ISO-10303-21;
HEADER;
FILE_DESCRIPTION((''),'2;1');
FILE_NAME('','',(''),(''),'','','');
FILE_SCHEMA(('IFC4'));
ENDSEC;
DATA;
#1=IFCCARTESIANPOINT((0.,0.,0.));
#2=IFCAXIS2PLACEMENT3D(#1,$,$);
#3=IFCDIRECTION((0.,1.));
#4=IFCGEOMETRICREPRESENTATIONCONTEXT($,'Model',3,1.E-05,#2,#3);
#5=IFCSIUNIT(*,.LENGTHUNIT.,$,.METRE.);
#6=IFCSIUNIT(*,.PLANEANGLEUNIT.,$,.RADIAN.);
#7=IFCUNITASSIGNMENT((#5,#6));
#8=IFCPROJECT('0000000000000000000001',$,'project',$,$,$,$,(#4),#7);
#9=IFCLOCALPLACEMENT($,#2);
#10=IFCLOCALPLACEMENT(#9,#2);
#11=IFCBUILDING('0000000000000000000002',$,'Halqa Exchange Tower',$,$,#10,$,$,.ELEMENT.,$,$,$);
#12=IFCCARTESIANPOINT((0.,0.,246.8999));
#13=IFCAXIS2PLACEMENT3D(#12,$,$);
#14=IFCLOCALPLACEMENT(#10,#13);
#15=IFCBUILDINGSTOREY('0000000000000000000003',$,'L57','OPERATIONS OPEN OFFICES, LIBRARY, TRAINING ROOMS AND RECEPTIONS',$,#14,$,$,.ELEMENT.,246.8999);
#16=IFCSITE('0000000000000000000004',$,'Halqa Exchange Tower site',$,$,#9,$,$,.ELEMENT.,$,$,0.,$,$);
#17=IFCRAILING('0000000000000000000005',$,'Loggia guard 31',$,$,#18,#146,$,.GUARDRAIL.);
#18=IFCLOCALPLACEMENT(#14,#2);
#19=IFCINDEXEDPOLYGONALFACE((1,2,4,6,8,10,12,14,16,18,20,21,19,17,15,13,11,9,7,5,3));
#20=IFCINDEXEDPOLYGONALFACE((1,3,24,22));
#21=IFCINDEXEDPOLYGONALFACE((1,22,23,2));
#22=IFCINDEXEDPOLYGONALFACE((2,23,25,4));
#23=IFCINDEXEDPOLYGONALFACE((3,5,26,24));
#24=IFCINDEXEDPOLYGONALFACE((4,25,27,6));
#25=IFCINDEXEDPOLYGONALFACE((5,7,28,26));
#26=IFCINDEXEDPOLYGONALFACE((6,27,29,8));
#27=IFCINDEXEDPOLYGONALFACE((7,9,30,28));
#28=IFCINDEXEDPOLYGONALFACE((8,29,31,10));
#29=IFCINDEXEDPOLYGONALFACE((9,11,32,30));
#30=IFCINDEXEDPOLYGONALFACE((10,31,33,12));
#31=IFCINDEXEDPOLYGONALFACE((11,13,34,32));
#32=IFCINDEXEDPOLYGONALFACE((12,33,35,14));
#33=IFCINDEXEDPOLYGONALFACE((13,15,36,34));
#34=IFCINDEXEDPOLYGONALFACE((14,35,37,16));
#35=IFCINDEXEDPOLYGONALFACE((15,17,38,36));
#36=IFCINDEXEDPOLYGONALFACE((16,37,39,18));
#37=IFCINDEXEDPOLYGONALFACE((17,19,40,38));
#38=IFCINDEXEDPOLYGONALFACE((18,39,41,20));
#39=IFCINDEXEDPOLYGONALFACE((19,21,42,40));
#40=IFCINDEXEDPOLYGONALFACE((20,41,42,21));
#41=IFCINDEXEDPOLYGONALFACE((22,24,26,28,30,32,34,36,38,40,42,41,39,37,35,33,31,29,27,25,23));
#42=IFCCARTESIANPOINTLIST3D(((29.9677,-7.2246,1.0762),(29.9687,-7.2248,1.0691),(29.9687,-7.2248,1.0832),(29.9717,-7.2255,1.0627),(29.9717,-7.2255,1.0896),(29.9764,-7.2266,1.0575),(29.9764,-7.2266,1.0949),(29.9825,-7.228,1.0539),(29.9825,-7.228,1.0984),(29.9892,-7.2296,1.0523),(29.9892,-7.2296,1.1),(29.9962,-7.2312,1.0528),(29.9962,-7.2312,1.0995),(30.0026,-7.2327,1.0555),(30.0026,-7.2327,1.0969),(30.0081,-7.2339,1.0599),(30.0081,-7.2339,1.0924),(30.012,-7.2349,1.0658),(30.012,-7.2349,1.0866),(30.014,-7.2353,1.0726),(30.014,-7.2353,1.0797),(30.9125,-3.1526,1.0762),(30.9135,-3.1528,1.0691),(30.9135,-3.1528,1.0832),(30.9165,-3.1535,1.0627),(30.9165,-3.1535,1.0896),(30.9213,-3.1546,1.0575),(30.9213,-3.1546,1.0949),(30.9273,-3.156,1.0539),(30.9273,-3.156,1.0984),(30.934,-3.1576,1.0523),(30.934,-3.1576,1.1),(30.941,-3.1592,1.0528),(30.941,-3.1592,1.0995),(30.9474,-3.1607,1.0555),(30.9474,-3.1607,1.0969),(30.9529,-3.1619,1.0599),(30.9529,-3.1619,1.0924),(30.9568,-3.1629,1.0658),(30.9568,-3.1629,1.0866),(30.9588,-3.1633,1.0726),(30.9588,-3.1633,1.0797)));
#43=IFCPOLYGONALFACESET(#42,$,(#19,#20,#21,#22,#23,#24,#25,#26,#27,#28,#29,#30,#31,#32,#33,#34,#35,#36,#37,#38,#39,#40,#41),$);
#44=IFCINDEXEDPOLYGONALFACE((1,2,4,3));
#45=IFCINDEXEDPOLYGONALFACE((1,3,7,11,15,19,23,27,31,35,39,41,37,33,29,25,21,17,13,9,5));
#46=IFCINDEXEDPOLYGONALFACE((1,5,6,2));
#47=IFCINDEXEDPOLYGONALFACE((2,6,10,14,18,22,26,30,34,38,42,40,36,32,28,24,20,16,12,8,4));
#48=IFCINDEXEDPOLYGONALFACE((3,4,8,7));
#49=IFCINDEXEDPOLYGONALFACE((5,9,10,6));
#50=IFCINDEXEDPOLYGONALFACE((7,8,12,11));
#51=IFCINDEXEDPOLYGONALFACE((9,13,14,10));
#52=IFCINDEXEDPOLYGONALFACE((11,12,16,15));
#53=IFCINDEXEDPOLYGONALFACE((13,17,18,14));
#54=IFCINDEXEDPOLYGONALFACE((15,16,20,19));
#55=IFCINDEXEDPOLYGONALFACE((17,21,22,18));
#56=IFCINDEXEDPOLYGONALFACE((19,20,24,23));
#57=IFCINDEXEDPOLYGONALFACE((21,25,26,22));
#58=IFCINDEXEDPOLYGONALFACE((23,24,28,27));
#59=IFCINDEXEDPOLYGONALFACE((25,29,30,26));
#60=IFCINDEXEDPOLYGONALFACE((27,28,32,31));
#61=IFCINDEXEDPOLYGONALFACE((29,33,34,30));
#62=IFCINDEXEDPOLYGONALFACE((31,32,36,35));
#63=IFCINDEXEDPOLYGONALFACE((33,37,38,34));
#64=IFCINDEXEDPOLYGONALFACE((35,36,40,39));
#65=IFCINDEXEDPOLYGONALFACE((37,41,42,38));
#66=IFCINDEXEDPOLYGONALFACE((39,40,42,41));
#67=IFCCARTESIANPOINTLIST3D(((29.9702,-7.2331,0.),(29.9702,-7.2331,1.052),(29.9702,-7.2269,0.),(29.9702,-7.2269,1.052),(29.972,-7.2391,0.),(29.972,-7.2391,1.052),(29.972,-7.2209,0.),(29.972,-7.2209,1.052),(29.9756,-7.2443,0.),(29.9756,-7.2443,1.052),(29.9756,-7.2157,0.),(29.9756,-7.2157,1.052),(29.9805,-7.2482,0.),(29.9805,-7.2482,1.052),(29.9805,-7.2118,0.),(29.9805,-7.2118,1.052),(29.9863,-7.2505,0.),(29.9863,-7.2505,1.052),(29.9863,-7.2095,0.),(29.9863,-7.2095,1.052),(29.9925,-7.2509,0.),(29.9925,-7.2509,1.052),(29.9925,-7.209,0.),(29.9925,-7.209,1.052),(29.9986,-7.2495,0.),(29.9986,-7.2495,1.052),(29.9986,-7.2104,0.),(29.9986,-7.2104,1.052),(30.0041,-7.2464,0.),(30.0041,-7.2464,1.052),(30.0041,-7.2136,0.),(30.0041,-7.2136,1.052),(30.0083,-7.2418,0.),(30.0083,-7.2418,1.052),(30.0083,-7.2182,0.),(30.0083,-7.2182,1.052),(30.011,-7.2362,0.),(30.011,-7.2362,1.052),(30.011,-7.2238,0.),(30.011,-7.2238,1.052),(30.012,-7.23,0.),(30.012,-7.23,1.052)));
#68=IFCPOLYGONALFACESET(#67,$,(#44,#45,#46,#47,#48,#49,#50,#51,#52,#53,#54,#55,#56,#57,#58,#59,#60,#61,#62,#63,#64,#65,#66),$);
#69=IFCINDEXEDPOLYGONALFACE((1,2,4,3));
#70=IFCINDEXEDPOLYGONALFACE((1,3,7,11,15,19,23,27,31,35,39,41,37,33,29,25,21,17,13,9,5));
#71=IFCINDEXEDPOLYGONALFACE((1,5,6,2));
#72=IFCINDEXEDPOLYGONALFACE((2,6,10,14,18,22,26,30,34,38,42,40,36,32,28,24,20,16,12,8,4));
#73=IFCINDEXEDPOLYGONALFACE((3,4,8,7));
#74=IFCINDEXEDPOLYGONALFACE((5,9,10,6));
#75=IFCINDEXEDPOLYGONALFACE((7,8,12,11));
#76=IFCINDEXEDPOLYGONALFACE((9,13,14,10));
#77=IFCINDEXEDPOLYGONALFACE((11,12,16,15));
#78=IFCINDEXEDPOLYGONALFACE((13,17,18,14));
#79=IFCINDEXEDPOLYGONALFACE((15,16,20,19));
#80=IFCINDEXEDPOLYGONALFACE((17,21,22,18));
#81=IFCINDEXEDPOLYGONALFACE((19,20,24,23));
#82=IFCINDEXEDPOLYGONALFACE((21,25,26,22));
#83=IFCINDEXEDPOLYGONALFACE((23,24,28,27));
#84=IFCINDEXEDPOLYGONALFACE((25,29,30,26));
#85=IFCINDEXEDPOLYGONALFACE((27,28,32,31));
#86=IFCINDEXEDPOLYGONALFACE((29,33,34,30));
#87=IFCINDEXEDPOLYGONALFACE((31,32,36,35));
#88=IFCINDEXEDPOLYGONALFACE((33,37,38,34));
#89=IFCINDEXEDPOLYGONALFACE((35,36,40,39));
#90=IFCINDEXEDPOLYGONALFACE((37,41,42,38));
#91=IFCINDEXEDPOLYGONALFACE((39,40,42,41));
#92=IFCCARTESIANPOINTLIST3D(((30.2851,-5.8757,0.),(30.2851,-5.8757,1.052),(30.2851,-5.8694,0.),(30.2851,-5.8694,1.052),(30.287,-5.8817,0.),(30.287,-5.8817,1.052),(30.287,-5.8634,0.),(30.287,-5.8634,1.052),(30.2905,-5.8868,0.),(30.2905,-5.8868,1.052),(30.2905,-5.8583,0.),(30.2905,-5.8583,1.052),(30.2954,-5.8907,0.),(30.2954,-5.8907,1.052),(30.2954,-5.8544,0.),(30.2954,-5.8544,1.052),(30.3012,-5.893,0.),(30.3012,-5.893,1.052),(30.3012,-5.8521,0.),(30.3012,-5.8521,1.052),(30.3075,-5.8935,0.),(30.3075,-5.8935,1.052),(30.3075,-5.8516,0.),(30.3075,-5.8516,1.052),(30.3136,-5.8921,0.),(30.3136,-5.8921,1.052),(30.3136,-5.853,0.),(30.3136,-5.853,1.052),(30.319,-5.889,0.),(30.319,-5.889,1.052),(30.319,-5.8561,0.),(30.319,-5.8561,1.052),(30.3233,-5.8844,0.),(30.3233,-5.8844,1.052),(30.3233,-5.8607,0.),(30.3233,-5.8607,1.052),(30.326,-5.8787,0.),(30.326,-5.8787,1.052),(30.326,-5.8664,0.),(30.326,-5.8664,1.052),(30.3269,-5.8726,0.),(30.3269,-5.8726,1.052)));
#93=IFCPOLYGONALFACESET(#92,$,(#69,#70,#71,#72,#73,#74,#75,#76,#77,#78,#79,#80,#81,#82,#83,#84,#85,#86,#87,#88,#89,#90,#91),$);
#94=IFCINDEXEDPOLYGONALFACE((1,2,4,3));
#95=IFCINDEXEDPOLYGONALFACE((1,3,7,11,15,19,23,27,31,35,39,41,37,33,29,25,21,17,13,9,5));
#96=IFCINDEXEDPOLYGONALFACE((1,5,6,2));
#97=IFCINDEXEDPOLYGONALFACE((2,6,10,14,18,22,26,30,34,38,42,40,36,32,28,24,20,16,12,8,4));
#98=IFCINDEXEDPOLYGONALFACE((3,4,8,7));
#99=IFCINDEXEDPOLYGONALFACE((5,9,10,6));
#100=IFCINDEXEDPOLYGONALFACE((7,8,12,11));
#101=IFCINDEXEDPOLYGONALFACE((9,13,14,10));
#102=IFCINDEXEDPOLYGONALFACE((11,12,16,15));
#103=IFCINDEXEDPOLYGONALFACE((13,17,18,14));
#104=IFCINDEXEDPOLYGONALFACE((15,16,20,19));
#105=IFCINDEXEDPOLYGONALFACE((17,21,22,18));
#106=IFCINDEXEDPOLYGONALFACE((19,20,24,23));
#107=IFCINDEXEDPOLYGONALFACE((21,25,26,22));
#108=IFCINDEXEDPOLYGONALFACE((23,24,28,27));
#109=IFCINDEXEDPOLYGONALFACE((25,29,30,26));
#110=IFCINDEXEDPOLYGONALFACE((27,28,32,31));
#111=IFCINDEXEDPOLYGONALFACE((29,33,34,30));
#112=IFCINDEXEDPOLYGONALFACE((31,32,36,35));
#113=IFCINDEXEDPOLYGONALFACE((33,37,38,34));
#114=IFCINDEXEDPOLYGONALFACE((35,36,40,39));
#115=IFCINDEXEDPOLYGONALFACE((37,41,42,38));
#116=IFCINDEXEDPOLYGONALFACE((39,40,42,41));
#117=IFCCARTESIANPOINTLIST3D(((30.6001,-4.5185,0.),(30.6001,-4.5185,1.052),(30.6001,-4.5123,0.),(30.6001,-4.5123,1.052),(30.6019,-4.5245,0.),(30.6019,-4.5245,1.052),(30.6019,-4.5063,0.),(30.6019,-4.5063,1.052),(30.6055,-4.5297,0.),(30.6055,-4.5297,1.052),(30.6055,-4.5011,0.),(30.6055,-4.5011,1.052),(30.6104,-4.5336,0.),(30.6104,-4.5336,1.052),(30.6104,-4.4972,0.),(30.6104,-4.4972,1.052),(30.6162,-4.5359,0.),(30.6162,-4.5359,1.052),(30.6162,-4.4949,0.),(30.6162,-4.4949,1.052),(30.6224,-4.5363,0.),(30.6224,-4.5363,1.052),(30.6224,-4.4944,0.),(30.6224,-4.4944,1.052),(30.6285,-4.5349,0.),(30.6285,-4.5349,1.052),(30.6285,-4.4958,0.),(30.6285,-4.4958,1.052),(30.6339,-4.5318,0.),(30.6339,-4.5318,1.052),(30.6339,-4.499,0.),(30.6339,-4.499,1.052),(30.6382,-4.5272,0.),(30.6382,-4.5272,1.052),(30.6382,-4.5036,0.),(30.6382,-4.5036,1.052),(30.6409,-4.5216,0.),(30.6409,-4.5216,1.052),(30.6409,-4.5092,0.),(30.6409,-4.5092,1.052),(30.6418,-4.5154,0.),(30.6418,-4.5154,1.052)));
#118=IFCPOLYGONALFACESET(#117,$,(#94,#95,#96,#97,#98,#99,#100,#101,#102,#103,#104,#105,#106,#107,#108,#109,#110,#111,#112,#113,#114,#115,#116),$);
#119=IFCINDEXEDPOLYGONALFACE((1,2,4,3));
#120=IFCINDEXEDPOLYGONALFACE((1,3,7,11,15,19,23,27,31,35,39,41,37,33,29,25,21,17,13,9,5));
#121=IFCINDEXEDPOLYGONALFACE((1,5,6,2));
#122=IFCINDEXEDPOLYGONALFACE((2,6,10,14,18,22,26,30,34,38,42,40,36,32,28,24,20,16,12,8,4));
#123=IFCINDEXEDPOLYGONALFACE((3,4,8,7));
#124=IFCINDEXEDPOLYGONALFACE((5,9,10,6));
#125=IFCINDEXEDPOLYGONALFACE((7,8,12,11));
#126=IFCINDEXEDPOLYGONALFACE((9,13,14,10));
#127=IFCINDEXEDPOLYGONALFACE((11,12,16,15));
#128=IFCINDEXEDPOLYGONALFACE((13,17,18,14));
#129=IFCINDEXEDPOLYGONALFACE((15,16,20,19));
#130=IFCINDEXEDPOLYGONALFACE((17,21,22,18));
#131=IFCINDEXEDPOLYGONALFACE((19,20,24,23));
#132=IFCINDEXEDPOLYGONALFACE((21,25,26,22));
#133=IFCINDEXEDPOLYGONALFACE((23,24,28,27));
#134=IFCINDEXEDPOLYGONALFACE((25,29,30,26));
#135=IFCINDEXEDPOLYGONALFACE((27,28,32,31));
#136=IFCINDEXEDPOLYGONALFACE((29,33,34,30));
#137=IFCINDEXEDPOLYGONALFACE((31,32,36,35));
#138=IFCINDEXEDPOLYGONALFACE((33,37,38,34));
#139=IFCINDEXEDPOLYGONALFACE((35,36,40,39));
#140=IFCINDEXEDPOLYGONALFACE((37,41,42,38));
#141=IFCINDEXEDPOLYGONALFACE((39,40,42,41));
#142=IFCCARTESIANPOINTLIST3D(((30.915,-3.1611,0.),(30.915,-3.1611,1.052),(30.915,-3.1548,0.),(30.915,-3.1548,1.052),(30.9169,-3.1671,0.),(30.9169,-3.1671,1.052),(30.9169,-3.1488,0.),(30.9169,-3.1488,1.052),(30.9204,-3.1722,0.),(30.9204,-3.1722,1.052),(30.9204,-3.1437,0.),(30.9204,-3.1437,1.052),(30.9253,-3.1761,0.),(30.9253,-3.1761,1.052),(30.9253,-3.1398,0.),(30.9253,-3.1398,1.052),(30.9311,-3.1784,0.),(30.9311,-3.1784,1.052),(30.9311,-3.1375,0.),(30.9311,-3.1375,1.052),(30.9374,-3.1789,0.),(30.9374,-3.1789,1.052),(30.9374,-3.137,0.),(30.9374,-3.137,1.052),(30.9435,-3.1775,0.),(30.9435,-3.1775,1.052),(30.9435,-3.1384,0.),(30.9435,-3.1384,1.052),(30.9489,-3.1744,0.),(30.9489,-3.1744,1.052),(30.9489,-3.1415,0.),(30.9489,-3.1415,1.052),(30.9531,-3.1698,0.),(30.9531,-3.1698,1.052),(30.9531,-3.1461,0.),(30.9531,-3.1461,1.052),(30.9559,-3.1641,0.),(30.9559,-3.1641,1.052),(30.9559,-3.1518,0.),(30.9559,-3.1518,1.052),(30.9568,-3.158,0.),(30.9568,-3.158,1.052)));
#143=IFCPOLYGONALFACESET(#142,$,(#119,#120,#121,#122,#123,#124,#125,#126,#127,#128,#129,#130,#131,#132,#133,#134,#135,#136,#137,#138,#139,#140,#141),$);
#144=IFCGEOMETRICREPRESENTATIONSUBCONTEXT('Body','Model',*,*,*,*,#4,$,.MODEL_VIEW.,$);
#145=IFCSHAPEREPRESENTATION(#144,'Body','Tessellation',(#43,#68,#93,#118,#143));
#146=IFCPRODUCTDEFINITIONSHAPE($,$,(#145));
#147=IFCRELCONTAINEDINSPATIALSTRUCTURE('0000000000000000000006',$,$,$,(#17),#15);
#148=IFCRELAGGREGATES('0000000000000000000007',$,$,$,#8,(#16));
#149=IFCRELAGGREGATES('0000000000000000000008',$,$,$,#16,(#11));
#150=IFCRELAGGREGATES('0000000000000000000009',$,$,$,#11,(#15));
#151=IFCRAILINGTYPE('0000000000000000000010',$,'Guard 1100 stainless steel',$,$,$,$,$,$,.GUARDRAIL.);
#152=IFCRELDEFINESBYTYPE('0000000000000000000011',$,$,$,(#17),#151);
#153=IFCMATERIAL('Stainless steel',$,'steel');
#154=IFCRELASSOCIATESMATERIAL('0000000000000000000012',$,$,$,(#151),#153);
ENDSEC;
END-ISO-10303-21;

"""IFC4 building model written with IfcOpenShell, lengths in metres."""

from ifc_helpers import new_model, si_unit, direction, frame, origin, origin_2d, place, context, subcontext, project, spatial, circle, extrude, material, type_object, element, save


model = new_model("IFC4")

# Units and contexts
model_context = context("Model", 3, precision=1e-05, world=origin(), true_north=direction((0.0, 1.0)))
body_context = subcontext(model_context, "Body", "Model", "MODEL_VIEW")
ifc_project = project(units=[si_unit("LENGTHUNIT", "METRE"), si_unit("PLANEANGLEUNIT", "RADIAN")], contexts=[model_context])

# Site, building, storey
site_placement = place(None, origin())
site = spatial("IfcSite", under=ifc_project, at=site_placement, Name="Halqa Exchange Tower site", CompositionType="ELEMENT", RefElevation=0.0)
building_placement = place(site_placement, origin())
building = spatial("IfcBuilding", under=site, at=building_placement, Name="Halqa Exchange Tower", CompositionType="ELEMENT")
storey_placement = place(building_placement, frame((0.0, 0.0, 246.8999)))
storey = spatial("IfcBuildingStorey", under=building, at=storey_placement, Name="L57", Description="OPERATIONS OPEN OFFICES, LIBRARY, TRAINING ROOMS AND RECEPTIONS", CompositionType="ELEMENT", Elevation=246.8999)

# Railing
ifc_material_1 = material(Name="Stainless steel", Category="steel")
railing_type = type_object("IfcRailingType", Name="Guard 1100 stainless steel", PredefinedType="GUARDRAIL", material=ifc_material_1)
railing_1_placement = place(storey_placement, frame((29.991, -7.23, 0.0)))
element("IfcRailing", 1, at=railing_1_placement, inside=storey, type_object=railing_type, Name="Loggia guard 31", PredefinedType="GUARDRAIL", context=body_context, shape_type="SweptSolid", body=[
    extrude(circle(Radius=0.0239, at=origin_2d()), frame((0.0, 0.0, 1.0762), z_axis=(0.226024, 0.974122, 0.0), x_axis=(-0.974122, 0.226024, 0.0)), (0.0, 0.0, 1.0), 4.1802),
    extrude(circle(Radius=0.021, at=origin_2d()), origin(), (0.0, 0.0, 1.0), 1.052),
    extrude(circle(Radius=0.021, at=origin_2d()), frame((0.3149, 1.3574, 0.0)), (0.0, 0.0, 1.0), 1.052),
    extrude(circle(Radius=0.021, at=origin_2d()), frame((0.6299, 2.7146, 0.0)), (0.0, 0.0, 1.0), 1.052),
    extrude(circle(Radius=0.021, at=origin_2d()), frame((0.9448, 4.072, 0.0)), (0.0, 0.0, 1.0), 1.052),
])

save(model, "model.ifc")
